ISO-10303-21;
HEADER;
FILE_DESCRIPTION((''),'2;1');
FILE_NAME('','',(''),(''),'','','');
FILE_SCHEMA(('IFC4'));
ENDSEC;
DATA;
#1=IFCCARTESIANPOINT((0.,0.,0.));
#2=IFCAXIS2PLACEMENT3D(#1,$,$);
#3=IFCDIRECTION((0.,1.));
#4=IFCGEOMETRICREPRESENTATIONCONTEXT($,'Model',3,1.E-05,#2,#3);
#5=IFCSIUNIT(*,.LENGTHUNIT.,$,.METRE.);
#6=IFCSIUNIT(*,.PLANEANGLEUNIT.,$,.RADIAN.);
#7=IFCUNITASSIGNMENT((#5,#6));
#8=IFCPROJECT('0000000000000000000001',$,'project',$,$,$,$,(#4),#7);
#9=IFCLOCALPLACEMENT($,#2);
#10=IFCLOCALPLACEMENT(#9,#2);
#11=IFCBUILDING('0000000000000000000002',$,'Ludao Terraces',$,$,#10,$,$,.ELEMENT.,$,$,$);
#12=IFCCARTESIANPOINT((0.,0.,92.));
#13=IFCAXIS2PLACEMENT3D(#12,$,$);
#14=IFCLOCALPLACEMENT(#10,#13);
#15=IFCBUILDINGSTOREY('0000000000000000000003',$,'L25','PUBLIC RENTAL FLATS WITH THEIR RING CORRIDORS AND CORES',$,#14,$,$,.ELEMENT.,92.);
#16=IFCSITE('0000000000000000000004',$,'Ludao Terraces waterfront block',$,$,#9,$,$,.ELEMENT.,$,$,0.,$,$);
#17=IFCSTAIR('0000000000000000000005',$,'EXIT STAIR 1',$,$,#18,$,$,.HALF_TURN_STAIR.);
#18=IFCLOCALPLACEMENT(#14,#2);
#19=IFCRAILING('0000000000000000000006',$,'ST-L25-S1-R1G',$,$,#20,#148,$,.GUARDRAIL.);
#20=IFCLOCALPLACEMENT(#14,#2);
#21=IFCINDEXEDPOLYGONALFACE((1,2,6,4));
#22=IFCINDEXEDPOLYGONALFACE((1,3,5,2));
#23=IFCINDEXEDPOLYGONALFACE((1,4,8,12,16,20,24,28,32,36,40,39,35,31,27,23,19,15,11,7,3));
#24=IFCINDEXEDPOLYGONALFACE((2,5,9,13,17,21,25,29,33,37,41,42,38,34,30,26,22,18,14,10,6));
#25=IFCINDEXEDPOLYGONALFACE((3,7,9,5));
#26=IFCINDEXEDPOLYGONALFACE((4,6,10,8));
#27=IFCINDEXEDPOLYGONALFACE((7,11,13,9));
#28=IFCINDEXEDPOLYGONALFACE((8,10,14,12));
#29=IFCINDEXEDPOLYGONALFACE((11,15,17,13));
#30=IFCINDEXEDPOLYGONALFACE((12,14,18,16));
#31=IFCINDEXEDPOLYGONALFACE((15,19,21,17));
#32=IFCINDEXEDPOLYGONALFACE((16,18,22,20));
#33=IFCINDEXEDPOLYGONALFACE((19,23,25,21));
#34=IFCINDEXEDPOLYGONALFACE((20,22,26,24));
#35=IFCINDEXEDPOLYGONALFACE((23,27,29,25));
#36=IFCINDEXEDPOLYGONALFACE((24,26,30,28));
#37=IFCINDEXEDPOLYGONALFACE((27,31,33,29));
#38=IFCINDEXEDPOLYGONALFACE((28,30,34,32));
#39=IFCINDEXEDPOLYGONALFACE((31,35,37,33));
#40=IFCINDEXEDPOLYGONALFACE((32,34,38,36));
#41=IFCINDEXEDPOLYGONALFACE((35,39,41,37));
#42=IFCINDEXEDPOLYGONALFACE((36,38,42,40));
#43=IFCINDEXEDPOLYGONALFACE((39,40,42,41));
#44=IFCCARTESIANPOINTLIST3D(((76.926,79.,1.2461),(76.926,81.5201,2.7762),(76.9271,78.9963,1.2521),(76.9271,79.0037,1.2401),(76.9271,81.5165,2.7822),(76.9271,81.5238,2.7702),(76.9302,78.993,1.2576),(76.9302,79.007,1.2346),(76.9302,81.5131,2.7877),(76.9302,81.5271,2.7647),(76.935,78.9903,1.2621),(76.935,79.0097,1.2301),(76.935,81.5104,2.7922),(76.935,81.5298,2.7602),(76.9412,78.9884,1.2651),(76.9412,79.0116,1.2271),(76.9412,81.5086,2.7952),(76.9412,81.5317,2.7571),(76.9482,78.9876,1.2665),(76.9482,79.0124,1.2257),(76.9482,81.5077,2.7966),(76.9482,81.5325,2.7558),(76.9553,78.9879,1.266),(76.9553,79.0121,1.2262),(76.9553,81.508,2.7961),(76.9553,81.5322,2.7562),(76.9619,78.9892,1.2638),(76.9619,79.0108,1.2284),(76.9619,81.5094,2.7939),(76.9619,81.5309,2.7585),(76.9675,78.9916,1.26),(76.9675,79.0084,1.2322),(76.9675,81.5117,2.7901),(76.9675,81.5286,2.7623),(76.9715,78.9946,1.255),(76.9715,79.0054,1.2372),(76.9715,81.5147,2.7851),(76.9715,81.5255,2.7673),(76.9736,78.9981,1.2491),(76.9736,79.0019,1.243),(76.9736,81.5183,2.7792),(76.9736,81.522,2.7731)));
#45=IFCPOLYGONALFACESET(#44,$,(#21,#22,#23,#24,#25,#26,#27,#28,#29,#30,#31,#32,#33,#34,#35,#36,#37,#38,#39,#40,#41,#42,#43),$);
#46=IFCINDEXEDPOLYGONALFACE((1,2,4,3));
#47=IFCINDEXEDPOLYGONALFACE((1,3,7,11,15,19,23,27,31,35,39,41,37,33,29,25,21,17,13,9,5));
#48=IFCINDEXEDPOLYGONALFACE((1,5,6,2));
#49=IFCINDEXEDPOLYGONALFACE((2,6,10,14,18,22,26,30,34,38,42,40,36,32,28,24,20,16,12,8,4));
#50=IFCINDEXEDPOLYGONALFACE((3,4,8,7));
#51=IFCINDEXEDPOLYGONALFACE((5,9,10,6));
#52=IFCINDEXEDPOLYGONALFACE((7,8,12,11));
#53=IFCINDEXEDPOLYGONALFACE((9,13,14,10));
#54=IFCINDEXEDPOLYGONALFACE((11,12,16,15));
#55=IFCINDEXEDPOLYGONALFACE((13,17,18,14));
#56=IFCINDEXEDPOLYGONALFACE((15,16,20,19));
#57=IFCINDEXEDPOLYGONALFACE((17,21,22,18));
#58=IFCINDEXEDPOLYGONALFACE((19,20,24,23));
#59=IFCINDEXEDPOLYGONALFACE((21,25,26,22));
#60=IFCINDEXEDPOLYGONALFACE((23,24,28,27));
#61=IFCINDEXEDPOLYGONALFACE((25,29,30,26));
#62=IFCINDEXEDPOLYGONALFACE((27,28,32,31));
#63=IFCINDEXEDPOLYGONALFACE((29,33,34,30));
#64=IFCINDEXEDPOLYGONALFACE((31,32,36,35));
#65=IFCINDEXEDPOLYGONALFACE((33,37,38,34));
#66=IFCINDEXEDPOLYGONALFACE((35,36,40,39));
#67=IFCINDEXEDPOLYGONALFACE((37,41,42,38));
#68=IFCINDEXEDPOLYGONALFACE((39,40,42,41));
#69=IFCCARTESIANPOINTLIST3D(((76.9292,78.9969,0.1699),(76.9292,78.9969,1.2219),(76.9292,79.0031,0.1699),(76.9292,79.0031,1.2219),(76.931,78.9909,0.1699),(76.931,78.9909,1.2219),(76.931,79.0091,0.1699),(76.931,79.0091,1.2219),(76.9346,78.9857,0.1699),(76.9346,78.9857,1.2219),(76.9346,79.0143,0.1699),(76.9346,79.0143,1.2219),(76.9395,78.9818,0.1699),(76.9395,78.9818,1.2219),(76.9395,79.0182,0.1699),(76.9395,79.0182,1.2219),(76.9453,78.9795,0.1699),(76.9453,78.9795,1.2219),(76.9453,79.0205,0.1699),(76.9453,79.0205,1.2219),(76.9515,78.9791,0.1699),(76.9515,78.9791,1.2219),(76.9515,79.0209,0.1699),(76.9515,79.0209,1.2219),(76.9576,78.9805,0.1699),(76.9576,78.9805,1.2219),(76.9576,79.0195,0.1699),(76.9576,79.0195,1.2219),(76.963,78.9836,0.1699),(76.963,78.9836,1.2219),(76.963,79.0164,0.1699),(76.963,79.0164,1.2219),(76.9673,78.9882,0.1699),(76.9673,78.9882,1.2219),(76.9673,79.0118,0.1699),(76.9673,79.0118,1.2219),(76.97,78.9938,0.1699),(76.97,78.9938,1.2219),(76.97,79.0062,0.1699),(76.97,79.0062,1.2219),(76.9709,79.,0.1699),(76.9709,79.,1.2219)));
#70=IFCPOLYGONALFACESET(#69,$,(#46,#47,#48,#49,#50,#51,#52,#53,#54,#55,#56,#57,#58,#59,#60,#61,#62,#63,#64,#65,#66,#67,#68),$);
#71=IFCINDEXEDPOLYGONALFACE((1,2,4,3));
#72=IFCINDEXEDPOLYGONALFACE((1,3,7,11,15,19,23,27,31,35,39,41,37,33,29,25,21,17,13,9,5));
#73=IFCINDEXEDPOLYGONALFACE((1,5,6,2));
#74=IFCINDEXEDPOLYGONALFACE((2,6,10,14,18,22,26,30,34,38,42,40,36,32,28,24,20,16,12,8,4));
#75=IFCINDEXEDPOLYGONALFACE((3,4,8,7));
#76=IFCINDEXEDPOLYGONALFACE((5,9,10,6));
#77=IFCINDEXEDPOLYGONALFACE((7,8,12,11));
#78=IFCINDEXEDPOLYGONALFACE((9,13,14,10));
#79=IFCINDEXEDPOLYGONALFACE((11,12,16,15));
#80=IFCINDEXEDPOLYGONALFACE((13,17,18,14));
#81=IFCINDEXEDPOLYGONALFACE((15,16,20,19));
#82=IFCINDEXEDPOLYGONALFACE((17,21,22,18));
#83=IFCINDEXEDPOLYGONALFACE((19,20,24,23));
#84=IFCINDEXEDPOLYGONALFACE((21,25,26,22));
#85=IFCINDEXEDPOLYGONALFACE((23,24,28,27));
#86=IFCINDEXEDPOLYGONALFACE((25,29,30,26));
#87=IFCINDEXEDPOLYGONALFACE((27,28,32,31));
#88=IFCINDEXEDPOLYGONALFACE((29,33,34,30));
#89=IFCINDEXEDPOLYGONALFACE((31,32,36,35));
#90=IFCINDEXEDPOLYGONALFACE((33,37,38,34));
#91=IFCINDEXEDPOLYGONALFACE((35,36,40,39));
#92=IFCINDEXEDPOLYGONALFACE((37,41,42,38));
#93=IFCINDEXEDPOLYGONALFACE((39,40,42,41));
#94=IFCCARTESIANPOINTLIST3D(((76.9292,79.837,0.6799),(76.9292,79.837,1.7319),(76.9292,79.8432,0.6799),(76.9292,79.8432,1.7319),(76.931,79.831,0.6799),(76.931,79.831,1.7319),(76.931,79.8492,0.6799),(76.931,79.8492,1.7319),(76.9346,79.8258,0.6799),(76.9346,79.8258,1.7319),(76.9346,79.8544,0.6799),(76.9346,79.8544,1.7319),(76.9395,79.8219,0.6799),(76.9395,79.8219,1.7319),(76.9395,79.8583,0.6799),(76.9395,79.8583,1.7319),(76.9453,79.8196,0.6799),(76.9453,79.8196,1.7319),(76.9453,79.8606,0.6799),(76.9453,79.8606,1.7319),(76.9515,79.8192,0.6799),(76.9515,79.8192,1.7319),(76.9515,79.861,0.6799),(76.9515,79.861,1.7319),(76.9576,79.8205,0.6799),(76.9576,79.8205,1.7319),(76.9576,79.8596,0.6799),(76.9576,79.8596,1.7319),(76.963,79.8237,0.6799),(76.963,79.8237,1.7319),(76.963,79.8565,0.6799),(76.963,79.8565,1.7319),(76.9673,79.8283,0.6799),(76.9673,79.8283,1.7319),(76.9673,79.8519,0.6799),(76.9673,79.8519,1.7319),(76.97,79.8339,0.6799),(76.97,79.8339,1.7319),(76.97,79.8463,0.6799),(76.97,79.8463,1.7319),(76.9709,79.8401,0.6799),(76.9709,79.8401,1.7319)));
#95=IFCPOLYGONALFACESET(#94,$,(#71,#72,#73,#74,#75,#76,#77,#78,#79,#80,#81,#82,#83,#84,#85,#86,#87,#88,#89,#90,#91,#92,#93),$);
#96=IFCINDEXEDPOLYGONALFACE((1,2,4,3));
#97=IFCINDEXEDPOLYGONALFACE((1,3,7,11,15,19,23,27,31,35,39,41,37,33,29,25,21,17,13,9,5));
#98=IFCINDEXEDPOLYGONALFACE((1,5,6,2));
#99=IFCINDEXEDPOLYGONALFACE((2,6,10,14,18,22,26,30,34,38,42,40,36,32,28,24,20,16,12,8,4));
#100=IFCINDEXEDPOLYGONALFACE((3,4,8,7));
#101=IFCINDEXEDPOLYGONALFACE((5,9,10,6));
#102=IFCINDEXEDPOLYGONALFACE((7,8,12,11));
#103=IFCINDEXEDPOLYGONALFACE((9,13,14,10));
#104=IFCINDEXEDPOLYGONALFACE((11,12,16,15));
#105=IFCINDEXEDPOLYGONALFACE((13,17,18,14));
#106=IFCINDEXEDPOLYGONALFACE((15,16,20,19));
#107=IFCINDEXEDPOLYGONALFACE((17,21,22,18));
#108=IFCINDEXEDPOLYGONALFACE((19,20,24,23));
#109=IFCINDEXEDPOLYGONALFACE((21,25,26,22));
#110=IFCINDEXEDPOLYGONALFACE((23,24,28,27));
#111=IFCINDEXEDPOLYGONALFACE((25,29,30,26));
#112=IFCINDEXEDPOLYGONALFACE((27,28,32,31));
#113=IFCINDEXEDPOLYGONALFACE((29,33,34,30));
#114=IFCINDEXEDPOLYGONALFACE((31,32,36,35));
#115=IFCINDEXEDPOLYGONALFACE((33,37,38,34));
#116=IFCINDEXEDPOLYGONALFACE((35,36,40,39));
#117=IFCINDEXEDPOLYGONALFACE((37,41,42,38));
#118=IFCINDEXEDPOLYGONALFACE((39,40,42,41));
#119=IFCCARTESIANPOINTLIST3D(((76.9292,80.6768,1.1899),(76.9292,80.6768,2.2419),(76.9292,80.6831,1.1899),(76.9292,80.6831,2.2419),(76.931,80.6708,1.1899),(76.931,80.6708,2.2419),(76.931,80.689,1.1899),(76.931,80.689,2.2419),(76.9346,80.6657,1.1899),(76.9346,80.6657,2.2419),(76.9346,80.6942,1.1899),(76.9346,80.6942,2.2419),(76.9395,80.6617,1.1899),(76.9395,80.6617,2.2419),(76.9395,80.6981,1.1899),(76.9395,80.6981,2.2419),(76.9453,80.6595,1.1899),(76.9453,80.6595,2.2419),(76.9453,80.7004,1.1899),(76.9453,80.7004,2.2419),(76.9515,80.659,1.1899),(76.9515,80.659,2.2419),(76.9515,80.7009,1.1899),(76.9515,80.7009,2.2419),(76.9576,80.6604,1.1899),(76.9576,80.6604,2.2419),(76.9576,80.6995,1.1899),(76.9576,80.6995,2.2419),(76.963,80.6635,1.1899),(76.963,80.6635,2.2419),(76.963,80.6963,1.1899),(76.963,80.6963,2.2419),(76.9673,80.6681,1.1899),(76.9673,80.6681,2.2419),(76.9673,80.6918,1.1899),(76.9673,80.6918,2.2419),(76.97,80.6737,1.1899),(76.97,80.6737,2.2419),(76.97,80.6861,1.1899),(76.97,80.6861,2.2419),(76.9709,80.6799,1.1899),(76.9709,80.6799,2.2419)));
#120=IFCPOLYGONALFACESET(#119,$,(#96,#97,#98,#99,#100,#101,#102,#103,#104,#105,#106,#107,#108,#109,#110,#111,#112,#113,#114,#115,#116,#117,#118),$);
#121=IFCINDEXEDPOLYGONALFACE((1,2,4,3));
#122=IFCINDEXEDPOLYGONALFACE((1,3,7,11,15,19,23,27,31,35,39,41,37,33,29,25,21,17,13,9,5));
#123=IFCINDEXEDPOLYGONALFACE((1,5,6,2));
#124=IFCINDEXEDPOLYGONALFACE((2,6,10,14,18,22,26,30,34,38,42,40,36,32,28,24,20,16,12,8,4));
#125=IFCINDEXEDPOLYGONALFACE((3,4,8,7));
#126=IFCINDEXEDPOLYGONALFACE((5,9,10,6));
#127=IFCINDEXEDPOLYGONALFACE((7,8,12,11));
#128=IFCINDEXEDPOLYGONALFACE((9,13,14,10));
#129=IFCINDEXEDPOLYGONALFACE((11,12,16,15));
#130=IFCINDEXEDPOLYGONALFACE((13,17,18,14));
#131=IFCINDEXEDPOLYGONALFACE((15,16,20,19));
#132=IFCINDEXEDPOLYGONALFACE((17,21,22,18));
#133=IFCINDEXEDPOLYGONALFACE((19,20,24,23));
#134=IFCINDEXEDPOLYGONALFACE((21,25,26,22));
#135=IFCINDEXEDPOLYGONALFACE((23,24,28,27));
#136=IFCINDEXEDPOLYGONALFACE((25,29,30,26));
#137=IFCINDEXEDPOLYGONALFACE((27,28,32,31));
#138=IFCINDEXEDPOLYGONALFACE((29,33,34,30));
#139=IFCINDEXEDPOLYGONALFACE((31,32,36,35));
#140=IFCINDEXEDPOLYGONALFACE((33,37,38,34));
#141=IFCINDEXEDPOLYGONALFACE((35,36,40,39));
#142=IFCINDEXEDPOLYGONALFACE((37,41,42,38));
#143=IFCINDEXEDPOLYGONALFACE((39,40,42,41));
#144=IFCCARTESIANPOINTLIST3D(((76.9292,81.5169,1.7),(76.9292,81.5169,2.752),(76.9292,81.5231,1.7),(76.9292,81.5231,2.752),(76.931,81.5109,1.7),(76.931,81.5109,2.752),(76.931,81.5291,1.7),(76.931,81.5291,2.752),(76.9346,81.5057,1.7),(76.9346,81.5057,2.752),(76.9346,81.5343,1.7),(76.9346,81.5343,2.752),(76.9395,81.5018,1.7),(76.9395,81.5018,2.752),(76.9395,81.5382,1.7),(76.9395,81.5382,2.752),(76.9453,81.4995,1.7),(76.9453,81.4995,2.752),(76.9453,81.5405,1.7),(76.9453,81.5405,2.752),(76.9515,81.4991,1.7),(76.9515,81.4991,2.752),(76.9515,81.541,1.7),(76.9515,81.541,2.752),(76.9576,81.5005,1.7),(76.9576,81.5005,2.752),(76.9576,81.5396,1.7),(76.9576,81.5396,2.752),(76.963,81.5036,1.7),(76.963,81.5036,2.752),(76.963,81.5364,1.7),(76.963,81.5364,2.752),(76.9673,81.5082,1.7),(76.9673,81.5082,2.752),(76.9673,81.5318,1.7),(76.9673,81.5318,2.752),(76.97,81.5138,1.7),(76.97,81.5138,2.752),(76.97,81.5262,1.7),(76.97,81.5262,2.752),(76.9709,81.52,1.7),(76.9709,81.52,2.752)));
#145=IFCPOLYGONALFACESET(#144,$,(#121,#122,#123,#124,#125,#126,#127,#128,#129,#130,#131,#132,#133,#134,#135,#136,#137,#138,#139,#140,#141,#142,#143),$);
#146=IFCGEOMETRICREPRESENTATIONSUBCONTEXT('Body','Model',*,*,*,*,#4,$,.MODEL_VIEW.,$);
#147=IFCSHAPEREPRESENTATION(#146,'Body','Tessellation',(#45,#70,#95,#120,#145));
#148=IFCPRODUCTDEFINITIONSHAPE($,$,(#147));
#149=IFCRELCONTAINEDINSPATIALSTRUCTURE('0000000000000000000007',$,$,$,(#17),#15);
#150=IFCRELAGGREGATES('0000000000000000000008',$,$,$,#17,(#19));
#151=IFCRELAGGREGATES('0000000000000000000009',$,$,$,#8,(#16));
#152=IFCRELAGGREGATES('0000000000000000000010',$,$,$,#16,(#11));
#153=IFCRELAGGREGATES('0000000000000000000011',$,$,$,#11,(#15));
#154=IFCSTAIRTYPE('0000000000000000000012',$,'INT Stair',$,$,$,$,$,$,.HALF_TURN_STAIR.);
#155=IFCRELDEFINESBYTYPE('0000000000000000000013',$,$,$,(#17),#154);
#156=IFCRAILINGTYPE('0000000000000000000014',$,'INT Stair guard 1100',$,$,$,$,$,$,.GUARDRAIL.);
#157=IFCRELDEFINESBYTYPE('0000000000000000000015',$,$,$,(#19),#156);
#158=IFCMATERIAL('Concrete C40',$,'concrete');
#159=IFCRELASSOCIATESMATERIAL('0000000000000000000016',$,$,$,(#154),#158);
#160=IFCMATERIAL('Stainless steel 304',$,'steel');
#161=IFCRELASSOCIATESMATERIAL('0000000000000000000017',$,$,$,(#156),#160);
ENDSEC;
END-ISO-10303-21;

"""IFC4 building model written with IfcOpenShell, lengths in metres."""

from ifc_helpers import new_model, si_unit, direction, frame, origin, origin_2d, place, context, subcontext, project, spatial, circle, extrude, material, type_object, element, aggregate, save


model = new_model("IFC4")

# Units and contexts
model_context = context("Model", 3, precision=1e-05, world=origin(), true_north=direction((0.0, 1.0)))
body_context = subcontext(model_context, "Body", "Model", "MODEL_VIEW")
ifc_project = project(units=[si_unit("LENGTHUNIT", "METRE"), si_unit("PLANEANGLEUNIT", "RADIAN")], contexts=[model_context])

# Site, building, storey
site_placement = place(None, origin())
site = spatial("IfcSite", under=ifc_project, at=site_placement, Name="Ludao Terraces waterfront block", CompositionType="ELEMENT", RefElevation=0.0)
building_placement = place(site_placement, origin())
building = spatial("IfcBuilding", under=site, at=building_placement, Name="Ludao Terraces", CompositionType="ELEMENT")
storey_placement = place(building_placement, frame((0.0, 0.0, 92.0)))
storey = spatial("IfcBuildingStorey", under=building, at=storey_placement, Name="L25", Description="PUBLIC RENTAL FLATS WITH THEIR RING CORRIDORS AND CORES", CompositionType="ELEMENT", Elevation=92.0)

# Shared definitions
ifc_material_1 = material(Name="Stainless steel 304", Category="steel")

# Stair, railing
ifc_material_2 = material(Name="Concrete C40", Category="concrete")
stair_type = type_object("IfcStairType", Name="INT Stair", PredefinedType="HALF_TURN_STAIR", material=ifc_material_2)
stair_placement = place(storey_placement, origin())
stair = element("IfcStair", 1, at=stair_placement, inside=storey, type_object=stair_type, Name="EXIT STAIR 1", PredefinedType="HALF_TURN_STAIR")
railing_type_1 = type_object("IfcRailingType", Name="INT Stair guard 1100", PredefinedType="GUARDRAIL", material=ifc_material_1)
railing_1_placement = place(storey_placement, frame((76.95, 79.0, 0.1699)))
railing_1 = element("IfcRailing", 2, at=railing_1_placement, type_object=railing_type_1, Name="ST-L25-S1-R1G", PredefinedType="GUARDRAIL", context=body_context, shape_type="SweptSolid", body=[
    extrude(circle(Radius=0.0239, at=origin_2d()), frame((0.0, 0.0, 1.0762), z_axis=(0.0, 0.854785, 0.518982), x_axis=(-1.0, 0.0, 0.0)), (0.0, 0.0, 1.0), 2.9482),
    extrude(circle(Radius=0.021, at=origin_2d()), origin(), (0.0, 0.0, 1.0), 1.052),
    extrude(circle(Radius=0.021, at=origin_2d()), frame((0.0, 0.8401, 0.51)), (0.0, 0.0, 1.0), 1.052),
    extrude(circle(Radius=0.021, at=origin_2d()), frame((0.0, 1.6799, 1.02)), (0.0, 0.0, 1.0), 1.052),
    extrude(circle(Radius=0.021, at=origin_2d()), frame((0.0, 2.52, 1.53)), (0.0, 0.0, 1.0), 1.052),
])
aggregate(stair, [railing_1])

save(model, "model.ifc")
